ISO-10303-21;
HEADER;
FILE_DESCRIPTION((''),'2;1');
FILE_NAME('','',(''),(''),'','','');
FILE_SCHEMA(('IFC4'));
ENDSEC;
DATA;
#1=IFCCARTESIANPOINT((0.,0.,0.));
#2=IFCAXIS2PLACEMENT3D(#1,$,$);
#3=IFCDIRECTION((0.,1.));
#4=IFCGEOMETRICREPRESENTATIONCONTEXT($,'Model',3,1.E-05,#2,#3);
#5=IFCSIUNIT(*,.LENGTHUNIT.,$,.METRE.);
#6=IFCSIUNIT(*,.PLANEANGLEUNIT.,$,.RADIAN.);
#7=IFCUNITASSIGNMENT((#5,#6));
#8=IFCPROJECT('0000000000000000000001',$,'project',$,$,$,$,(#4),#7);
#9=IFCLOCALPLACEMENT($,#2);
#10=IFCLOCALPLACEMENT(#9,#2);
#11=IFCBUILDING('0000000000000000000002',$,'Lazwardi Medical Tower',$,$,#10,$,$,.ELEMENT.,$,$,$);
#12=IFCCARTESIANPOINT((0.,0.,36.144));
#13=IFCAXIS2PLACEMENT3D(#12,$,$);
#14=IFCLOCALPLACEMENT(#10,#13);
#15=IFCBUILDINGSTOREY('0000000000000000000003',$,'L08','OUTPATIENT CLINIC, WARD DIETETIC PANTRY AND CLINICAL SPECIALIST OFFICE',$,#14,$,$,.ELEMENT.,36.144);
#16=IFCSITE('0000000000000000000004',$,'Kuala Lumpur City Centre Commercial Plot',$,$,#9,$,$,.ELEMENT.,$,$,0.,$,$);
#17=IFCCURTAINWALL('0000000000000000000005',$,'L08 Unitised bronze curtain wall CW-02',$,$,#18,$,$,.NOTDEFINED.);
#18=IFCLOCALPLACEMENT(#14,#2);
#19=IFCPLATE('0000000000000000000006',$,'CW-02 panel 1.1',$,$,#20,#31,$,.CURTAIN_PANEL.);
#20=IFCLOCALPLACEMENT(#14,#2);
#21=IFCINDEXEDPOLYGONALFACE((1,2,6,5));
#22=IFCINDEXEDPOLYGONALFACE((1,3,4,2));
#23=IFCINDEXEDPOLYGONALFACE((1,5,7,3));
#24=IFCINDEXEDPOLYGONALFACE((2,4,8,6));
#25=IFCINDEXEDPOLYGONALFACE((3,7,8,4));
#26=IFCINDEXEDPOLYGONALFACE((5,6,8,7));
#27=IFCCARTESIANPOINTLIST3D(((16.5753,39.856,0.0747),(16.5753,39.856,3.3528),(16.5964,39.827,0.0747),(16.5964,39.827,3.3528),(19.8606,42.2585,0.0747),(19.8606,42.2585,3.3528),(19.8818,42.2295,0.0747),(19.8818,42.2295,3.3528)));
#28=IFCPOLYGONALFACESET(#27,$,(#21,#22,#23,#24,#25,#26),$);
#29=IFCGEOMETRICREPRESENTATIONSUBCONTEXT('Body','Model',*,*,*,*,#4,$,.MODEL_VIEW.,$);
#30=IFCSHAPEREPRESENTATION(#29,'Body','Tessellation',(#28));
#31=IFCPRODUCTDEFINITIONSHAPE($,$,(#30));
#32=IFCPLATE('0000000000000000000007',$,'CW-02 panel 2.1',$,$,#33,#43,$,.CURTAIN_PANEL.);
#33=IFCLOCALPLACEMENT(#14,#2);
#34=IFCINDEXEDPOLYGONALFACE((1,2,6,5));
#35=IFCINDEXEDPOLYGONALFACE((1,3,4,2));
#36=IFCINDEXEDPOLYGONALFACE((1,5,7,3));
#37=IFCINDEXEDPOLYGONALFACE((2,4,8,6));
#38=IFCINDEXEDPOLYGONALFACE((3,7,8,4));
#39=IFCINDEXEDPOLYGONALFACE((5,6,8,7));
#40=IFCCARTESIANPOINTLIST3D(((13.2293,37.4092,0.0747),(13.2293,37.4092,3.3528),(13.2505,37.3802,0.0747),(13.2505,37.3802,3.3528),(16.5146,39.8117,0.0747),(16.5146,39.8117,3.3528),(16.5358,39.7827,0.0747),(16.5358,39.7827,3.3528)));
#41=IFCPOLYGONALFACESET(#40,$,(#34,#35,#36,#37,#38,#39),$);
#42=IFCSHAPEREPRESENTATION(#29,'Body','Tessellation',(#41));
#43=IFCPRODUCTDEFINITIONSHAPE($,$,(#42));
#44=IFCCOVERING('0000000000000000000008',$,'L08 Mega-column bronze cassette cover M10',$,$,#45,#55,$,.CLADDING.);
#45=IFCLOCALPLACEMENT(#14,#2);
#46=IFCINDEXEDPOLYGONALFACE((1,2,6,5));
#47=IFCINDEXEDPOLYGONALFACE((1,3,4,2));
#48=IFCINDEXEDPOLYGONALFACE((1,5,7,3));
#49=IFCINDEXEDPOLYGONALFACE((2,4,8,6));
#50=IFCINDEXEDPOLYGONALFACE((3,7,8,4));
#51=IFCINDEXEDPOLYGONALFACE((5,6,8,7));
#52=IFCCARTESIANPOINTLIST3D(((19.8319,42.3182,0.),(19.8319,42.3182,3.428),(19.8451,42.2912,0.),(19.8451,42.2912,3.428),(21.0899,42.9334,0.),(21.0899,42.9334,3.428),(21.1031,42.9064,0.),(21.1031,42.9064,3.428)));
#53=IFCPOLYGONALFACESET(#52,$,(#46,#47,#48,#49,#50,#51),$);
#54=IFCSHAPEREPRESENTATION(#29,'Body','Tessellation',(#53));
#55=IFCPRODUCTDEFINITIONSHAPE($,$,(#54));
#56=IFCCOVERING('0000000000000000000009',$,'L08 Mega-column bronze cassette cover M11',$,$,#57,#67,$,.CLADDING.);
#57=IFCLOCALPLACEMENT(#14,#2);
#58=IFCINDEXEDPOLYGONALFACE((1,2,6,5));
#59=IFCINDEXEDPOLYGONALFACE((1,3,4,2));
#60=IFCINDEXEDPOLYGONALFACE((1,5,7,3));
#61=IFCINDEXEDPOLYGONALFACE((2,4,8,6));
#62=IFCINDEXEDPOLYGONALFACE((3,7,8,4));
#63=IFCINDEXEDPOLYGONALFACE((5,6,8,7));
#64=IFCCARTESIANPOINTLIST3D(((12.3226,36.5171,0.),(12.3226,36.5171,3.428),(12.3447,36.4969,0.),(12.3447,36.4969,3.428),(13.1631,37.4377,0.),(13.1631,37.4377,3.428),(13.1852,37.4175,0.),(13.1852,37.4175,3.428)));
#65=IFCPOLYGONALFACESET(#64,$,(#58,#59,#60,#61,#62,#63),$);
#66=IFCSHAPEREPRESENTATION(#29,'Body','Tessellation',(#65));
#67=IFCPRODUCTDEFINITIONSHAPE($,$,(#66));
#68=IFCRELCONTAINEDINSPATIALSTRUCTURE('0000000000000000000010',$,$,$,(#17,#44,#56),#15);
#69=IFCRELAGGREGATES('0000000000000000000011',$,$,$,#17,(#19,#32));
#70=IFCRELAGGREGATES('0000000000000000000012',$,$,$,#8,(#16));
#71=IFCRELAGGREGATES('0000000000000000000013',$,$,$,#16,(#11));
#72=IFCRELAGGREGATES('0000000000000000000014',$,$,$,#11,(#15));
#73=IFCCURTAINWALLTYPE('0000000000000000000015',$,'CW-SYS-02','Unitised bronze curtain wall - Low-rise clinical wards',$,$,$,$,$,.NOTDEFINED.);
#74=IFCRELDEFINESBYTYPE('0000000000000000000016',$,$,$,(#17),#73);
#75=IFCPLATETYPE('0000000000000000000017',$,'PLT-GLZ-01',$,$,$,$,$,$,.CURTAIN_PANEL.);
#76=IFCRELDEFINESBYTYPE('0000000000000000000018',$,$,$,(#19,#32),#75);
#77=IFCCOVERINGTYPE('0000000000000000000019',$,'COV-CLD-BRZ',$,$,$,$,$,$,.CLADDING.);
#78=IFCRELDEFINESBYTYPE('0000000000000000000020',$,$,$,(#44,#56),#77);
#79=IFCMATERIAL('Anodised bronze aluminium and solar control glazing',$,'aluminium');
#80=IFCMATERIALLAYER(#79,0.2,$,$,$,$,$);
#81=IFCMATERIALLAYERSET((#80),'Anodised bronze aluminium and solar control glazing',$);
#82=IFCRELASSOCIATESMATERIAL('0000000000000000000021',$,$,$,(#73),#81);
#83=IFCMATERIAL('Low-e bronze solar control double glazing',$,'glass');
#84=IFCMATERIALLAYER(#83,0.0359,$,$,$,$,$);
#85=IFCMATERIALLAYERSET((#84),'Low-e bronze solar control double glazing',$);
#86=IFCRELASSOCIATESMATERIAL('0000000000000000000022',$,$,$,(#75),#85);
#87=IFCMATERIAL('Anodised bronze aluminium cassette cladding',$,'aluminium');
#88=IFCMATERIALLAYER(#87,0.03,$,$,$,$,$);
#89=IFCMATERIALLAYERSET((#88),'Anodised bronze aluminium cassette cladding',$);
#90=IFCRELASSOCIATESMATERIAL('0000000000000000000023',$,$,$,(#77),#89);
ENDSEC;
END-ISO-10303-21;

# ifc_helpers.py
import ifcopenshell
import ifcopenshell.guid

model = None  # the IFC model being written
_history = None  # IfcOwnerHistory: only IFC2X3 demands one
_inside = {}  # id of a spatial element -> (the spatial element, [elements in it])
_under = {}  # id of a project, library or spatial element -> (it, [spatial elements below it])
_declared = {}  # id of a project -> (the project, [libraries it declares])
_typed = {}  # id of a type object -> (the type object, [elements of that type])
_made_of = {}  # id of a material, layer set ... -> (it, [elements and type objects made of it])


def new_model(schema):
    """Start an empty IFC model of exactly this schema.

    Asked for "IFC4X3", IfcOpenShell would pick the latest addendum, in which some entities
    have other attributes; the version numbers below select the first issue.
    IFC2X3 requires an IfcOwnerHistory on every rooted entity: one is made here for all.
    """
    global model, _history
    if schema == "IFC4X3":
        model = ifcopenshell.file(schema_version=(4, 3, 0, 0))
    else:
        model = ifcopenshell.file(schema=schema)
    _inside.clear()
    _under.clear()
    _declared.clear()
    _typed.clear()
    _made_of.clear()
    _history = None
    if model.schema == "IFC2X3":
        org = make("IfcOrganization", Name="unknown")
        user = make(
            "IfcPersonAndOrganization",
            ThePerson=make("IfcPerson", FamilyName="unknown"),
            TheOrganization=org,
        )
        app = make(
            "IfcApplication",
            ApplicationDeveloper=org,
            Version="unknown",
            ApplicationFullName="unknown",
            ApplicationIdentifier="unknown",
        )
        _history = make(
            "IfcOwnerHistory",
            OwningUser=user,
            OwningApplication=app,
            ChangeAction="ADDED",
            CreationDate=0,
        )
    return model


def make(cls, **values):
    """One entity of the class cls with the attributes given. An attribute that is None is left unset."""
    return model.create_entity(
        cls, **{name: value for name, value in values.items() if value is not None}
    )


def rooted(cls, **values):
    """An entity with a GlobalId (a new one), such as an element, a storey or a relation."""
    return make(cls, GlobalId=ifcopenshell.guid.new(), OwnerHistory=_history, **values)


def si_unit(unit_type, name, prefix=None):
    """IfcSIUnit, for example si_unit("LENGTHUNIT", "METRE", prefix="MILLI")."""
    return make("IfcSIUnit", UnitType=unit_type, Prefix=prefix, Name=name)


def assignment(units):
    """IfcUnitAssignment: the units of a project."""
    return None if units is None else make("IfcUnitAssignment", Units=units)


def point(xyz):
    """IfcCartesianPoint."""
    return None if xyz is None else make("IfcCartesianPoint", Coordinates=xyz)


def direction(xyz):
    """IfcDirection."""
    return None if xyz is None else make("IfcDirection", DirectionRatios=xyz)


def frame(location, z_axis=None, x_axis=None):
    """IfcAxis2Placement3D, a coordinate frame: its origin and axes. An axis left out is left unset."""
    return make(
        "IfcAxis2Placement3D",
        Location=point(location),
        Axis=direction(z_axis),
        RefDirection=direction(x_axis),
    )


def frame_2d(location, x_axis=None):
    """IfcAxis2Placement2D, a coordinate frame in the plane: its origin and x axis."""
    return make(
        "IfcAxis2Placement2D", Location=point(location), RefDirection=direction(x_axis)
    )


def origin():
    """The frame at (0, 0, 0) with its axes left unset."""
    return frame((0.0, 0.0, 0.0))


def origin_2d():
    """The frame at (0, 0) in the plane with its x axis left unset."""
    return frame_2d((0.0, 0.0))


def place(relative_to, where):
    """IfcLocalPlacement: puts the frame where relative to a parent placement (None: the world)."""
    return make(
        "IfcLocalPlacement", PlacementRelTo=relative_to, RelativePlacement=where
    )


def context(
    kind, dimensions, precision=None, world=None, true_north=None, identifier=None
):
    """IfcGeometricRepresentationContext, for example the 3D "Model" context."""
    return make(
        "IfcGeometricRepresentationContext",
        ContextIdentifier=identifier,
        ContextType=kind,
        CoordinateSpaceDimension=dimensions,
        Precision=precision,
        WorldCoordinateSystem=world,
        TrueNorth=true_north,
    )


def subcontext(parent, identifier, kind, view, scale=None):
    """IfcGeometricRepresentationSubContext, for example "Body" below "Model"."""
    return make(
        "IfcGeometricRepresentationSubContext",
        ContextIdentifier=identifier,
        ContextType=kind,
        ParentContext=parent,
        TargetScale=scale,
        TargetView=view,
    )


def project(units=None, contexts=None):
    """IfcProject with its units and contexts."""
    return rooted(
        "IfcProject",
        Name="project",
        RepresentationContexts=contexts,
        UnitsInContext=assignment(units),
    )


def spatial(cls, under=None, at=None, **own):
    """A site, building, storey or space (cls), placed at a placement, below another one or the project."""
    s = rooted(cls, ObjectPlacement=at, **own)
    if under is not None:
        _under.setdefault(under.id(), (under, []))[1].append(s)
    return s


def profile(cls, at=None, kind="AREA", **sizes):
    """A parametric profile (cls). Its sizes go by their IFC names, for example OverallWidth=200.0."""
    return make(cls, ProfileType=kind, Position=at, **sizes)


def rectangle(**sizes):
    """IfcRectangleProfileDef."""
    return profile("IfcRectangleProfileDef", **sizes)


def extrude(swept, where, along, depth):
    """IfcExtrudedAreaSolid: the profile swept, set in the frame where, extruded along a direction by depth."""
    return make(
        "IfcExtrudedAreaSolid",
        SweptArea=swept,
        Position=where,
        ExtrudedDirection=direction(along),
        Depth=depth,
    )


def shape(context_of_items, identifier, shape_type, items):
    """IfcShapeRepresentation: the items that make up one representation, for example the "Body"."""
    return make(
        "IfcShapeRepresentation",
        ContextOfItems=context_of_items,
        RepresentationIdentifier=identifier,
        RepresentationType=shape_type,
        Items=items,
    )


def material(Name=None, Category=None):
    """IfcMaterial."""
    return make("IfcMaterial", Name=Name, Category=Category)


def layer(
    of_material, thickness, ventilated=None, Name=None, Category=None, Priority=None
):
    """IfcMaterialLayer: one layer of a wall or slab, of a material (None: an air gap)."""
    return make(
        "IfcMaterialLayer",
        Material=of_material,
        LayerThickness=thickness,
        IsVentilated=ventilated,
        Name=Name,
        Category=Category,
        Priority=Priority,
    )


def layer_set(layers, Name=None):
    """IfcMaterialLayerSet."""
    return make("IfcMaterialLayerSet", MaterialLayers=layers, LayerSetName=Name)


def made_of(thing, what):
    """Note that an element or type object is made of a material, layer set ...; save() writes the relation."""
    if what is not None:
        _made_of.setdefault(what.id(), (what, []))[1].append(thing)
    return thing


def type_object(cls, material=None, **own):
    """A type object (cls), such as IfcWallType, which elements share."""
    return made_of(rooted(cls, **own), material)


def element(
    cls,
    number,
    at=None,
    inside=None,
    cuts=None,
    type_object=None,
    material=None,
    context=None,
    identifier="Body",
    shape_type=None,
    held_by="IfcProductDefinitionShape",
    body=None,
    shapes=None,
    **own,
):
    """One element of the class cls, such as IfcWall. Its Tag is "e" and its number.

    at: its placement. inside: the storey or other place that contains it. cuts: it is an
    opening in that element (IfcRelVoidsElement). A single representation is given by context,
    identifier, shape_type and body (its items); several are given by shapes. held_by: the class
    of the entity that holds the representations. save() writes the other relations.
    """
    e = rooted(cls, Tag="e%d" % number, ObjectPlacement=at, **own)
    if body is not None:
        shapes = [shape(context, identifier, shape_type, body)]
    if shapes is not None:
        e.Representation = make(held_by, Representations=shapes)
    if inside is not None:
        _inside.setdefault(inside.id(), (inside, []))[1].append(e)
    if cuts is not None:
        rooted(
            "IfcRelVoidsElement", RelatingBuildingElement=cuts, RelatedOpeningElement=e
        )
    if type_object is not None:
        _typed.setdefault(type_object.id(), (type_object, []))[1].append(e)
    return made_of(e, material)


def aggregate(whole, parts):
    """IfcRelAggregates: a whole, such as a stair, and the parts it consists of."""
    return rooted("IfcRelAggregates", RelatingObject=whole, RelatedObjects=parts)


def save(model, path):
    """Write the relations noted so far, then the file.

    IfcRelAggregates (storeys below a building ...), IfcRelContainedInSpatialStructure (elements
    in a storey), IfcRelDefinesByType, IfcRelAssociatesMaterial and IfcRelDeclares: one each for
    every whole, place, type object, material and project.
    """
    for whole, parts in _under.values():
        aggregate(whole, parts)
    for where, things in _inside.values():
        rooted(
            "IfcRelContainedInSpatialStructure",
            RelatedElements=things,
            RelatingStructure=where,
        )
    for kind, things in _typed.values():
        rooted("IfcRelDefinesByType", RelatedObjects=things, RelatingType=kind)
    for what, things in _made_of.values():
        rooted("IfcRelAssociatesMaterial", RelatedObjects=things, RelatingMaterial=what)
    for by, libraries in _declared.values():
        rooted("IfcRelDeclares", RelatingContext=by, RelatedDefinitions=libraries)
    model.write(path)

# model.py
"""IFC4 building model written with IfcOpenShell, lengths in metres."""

from ifc_helpers import new_model, si_unit, direction, frame, origin, origin_2d, place, context, subcontext, project, spatial, rectangle, extrude, material, layer, layer_set, type_object, element, aggregate, save


model = new_model("IFC4")

# Units and contexts
model_context = context("Model", 3, precision=1e-05, world=origin(), true_north=direction((0.0, 1.0)))
body_context = subcontext(model_context, "Body", "Model", "MODEL_VIEW")
ifc_project = project(units=[si_unit("LENGTHUNIT", "METRE"), si_unit("PLANEANGLEUNIT", "RADIAN")], contexts=[model_context])

# Site, building, storey
site_placement = place(None, origin())
site = spatial("IfcSite", under=ifc_project, at=site_placement, Name="Kuala Lumpur City Centre Commercial Plot", CompositionType="ELEMENT", RefElevation=0.0)
building_placement = place(site_placement, origin())
building = spatial("IfcBuilding", under=site, at=building_placement, Name="Lazwardi Medical Tower", CompositionType="ELEMENT")
storey_placement = place(building_placement, frame((0.0, 0.0, 36.144)))
storey = spatial("IfcBuildingStorey", under=building, at=storey_placement, Name="L08", Description="OUTPATIENT CLINIC, WARD DIETETIC PANTRY AND CLINICAL SPECIALIST OFFICE", CompositionType="ELEMENT", Elevation=36.144)

# Shared definitions
ifc_material_1 = material(Name="Anodised bronze aluminium and solar control glazing", Category="aluminium")
ifc_layer_1 = layer(ifc_material_1, 0.2)
ifc_layer_set_1 = layer_set([ifc_layer_1], Name="Anodised bronze aluminium and solar control glazing")
curtain_wall_type = type_object("IfcCurtainWallType", Name="CW-SYS-02", Description="Unitised bronze curtain wall - Low-rise clinical wards", PredefinedType="NOTDEFINED", material=ifc_layer_set_1)

# Curtain wall
curtain_wall_1_placement = place(storey_placement, origin())
curtain_wall_1 = element("IfcCurtainWall", 1, at=curtain_wall_1_placement, inside=storey, type_object=curtain_wall_type, Name="L08 Unitised bronze curtain wall CW-02", PredefinedType="NOTDEFINED")

# Plates
ifc_material_2 = material(Name="Low-e bronze solar control double glazing", Category="glass")
ifc_layer_2 = layer(ifc_material_2, 0.0359)
ifc_layer_set_2 = layer_set([ifc_layer_2], Name="Low-e bronze solar control double glazing")
plate_type = type_object("IfcPlateType", Name="PLT-GLZ-01", PredefinedType="CURTAIN_PANEL", material=ifc_layer_set_2)
plate_1_placement = place(storey_placement, frame((18.2285, 41.0427, 0.0747), z_axis=(0.0, 0.0, 1.0), x_axis=(-0.807192, -0.590289, 0.0)))
plate_1 = element("IfcPlate", 2, at=plate_1_placement, type_object=plate_type, Name="CW-02 panel 1.1", PredefinedType="CURTAIN_PANEL", context=body_context, shape_type="SweptSolid", body=[
    extrude(rectangle(XDim=4.0701, YDim=0.0359, at=origin_2d()), origin(), (0.0, 0.0, 1.0), 3.2781),
])
plate_2_placement = place(storey_placement, frame((14.8826, 38.5959, 0.0747), z_axis=(0.0, 0.0, 1.0), x_axis=(-0.807192, -0.590289, 0.0)))
plate_2 = element("IfcPlate", 3, at=plate_2_placement, type_object=plate_type, Name="CW-02 panel 2.1", PredefinedType="CURTAIN_PANEL", context=body_context, shape_type="SweptSolid", body=[
    extrude(rectangle(XDim=4.0701, YDim=0.0359, at=origin_2d()), origin(), (0.0, 0.0, 1.0), 3.2781),
])
aggregate(curtain_wall_1, [plate_1, plate_2])

# Coverings
ifc_material_3 = material(Name="Anodised bronze aluminium cassette cladding", Category="aluminium")
ifc_layer_3 = layer(ifc_material_3, 0.03)
ifc_layer_set_3 = layer_set([ifc_layer_3], Name="Anodised bronze aluminium cassette cladding")
covering_type = type_object("IfcCoveringType", Name="COV-CLD-BRZ", PredefinedType="CLADDING", material=ifc_layer_set_3)
covering_1_placement = place(storey_placement, frame((20.4675, 42.6123, 0.0), z_axis=(0.0, 0.0, 1.0), x_axis=(-0.898334, -0.439312, 0.0)))
element("IfcCovering", 4, at=covering_1_placement, inside=storey, type_object=covering_type, Name="L08 Mega-column bronze cassette cover M10", PredefinedType="CLADDING", context=body_context, shape_type="SweptSolid", body=[
    extrude(rectangle(XDim=1.4004, YDim=0.03, at=origin_2d()), origin(), (0.0, 0.0, 1.0), 3.428),
])
covering_2_placement = place(storey_placement, frame((12.7539, 36.9673, 0.0), z_axis=(0.0, 0.0, 1.0), x_axis=(-0.674252, -0.738501, 0.0)))
element("IfcCovering", 5, at=covering_2_placement, inside=storey, type_object=covering_type, Name="L08 Mega-column bronze cassette cover M11", PredefinedType="CLADDING", context=body_context, shape_type="SweptSolid", body=[
    extrude(rectangle(XDim=1.2466, YDim=0.03, at=origin_2d()), origin(), (0.0, 0.0, 1.0), 3.428),
])

save(model, "model.ifc")
